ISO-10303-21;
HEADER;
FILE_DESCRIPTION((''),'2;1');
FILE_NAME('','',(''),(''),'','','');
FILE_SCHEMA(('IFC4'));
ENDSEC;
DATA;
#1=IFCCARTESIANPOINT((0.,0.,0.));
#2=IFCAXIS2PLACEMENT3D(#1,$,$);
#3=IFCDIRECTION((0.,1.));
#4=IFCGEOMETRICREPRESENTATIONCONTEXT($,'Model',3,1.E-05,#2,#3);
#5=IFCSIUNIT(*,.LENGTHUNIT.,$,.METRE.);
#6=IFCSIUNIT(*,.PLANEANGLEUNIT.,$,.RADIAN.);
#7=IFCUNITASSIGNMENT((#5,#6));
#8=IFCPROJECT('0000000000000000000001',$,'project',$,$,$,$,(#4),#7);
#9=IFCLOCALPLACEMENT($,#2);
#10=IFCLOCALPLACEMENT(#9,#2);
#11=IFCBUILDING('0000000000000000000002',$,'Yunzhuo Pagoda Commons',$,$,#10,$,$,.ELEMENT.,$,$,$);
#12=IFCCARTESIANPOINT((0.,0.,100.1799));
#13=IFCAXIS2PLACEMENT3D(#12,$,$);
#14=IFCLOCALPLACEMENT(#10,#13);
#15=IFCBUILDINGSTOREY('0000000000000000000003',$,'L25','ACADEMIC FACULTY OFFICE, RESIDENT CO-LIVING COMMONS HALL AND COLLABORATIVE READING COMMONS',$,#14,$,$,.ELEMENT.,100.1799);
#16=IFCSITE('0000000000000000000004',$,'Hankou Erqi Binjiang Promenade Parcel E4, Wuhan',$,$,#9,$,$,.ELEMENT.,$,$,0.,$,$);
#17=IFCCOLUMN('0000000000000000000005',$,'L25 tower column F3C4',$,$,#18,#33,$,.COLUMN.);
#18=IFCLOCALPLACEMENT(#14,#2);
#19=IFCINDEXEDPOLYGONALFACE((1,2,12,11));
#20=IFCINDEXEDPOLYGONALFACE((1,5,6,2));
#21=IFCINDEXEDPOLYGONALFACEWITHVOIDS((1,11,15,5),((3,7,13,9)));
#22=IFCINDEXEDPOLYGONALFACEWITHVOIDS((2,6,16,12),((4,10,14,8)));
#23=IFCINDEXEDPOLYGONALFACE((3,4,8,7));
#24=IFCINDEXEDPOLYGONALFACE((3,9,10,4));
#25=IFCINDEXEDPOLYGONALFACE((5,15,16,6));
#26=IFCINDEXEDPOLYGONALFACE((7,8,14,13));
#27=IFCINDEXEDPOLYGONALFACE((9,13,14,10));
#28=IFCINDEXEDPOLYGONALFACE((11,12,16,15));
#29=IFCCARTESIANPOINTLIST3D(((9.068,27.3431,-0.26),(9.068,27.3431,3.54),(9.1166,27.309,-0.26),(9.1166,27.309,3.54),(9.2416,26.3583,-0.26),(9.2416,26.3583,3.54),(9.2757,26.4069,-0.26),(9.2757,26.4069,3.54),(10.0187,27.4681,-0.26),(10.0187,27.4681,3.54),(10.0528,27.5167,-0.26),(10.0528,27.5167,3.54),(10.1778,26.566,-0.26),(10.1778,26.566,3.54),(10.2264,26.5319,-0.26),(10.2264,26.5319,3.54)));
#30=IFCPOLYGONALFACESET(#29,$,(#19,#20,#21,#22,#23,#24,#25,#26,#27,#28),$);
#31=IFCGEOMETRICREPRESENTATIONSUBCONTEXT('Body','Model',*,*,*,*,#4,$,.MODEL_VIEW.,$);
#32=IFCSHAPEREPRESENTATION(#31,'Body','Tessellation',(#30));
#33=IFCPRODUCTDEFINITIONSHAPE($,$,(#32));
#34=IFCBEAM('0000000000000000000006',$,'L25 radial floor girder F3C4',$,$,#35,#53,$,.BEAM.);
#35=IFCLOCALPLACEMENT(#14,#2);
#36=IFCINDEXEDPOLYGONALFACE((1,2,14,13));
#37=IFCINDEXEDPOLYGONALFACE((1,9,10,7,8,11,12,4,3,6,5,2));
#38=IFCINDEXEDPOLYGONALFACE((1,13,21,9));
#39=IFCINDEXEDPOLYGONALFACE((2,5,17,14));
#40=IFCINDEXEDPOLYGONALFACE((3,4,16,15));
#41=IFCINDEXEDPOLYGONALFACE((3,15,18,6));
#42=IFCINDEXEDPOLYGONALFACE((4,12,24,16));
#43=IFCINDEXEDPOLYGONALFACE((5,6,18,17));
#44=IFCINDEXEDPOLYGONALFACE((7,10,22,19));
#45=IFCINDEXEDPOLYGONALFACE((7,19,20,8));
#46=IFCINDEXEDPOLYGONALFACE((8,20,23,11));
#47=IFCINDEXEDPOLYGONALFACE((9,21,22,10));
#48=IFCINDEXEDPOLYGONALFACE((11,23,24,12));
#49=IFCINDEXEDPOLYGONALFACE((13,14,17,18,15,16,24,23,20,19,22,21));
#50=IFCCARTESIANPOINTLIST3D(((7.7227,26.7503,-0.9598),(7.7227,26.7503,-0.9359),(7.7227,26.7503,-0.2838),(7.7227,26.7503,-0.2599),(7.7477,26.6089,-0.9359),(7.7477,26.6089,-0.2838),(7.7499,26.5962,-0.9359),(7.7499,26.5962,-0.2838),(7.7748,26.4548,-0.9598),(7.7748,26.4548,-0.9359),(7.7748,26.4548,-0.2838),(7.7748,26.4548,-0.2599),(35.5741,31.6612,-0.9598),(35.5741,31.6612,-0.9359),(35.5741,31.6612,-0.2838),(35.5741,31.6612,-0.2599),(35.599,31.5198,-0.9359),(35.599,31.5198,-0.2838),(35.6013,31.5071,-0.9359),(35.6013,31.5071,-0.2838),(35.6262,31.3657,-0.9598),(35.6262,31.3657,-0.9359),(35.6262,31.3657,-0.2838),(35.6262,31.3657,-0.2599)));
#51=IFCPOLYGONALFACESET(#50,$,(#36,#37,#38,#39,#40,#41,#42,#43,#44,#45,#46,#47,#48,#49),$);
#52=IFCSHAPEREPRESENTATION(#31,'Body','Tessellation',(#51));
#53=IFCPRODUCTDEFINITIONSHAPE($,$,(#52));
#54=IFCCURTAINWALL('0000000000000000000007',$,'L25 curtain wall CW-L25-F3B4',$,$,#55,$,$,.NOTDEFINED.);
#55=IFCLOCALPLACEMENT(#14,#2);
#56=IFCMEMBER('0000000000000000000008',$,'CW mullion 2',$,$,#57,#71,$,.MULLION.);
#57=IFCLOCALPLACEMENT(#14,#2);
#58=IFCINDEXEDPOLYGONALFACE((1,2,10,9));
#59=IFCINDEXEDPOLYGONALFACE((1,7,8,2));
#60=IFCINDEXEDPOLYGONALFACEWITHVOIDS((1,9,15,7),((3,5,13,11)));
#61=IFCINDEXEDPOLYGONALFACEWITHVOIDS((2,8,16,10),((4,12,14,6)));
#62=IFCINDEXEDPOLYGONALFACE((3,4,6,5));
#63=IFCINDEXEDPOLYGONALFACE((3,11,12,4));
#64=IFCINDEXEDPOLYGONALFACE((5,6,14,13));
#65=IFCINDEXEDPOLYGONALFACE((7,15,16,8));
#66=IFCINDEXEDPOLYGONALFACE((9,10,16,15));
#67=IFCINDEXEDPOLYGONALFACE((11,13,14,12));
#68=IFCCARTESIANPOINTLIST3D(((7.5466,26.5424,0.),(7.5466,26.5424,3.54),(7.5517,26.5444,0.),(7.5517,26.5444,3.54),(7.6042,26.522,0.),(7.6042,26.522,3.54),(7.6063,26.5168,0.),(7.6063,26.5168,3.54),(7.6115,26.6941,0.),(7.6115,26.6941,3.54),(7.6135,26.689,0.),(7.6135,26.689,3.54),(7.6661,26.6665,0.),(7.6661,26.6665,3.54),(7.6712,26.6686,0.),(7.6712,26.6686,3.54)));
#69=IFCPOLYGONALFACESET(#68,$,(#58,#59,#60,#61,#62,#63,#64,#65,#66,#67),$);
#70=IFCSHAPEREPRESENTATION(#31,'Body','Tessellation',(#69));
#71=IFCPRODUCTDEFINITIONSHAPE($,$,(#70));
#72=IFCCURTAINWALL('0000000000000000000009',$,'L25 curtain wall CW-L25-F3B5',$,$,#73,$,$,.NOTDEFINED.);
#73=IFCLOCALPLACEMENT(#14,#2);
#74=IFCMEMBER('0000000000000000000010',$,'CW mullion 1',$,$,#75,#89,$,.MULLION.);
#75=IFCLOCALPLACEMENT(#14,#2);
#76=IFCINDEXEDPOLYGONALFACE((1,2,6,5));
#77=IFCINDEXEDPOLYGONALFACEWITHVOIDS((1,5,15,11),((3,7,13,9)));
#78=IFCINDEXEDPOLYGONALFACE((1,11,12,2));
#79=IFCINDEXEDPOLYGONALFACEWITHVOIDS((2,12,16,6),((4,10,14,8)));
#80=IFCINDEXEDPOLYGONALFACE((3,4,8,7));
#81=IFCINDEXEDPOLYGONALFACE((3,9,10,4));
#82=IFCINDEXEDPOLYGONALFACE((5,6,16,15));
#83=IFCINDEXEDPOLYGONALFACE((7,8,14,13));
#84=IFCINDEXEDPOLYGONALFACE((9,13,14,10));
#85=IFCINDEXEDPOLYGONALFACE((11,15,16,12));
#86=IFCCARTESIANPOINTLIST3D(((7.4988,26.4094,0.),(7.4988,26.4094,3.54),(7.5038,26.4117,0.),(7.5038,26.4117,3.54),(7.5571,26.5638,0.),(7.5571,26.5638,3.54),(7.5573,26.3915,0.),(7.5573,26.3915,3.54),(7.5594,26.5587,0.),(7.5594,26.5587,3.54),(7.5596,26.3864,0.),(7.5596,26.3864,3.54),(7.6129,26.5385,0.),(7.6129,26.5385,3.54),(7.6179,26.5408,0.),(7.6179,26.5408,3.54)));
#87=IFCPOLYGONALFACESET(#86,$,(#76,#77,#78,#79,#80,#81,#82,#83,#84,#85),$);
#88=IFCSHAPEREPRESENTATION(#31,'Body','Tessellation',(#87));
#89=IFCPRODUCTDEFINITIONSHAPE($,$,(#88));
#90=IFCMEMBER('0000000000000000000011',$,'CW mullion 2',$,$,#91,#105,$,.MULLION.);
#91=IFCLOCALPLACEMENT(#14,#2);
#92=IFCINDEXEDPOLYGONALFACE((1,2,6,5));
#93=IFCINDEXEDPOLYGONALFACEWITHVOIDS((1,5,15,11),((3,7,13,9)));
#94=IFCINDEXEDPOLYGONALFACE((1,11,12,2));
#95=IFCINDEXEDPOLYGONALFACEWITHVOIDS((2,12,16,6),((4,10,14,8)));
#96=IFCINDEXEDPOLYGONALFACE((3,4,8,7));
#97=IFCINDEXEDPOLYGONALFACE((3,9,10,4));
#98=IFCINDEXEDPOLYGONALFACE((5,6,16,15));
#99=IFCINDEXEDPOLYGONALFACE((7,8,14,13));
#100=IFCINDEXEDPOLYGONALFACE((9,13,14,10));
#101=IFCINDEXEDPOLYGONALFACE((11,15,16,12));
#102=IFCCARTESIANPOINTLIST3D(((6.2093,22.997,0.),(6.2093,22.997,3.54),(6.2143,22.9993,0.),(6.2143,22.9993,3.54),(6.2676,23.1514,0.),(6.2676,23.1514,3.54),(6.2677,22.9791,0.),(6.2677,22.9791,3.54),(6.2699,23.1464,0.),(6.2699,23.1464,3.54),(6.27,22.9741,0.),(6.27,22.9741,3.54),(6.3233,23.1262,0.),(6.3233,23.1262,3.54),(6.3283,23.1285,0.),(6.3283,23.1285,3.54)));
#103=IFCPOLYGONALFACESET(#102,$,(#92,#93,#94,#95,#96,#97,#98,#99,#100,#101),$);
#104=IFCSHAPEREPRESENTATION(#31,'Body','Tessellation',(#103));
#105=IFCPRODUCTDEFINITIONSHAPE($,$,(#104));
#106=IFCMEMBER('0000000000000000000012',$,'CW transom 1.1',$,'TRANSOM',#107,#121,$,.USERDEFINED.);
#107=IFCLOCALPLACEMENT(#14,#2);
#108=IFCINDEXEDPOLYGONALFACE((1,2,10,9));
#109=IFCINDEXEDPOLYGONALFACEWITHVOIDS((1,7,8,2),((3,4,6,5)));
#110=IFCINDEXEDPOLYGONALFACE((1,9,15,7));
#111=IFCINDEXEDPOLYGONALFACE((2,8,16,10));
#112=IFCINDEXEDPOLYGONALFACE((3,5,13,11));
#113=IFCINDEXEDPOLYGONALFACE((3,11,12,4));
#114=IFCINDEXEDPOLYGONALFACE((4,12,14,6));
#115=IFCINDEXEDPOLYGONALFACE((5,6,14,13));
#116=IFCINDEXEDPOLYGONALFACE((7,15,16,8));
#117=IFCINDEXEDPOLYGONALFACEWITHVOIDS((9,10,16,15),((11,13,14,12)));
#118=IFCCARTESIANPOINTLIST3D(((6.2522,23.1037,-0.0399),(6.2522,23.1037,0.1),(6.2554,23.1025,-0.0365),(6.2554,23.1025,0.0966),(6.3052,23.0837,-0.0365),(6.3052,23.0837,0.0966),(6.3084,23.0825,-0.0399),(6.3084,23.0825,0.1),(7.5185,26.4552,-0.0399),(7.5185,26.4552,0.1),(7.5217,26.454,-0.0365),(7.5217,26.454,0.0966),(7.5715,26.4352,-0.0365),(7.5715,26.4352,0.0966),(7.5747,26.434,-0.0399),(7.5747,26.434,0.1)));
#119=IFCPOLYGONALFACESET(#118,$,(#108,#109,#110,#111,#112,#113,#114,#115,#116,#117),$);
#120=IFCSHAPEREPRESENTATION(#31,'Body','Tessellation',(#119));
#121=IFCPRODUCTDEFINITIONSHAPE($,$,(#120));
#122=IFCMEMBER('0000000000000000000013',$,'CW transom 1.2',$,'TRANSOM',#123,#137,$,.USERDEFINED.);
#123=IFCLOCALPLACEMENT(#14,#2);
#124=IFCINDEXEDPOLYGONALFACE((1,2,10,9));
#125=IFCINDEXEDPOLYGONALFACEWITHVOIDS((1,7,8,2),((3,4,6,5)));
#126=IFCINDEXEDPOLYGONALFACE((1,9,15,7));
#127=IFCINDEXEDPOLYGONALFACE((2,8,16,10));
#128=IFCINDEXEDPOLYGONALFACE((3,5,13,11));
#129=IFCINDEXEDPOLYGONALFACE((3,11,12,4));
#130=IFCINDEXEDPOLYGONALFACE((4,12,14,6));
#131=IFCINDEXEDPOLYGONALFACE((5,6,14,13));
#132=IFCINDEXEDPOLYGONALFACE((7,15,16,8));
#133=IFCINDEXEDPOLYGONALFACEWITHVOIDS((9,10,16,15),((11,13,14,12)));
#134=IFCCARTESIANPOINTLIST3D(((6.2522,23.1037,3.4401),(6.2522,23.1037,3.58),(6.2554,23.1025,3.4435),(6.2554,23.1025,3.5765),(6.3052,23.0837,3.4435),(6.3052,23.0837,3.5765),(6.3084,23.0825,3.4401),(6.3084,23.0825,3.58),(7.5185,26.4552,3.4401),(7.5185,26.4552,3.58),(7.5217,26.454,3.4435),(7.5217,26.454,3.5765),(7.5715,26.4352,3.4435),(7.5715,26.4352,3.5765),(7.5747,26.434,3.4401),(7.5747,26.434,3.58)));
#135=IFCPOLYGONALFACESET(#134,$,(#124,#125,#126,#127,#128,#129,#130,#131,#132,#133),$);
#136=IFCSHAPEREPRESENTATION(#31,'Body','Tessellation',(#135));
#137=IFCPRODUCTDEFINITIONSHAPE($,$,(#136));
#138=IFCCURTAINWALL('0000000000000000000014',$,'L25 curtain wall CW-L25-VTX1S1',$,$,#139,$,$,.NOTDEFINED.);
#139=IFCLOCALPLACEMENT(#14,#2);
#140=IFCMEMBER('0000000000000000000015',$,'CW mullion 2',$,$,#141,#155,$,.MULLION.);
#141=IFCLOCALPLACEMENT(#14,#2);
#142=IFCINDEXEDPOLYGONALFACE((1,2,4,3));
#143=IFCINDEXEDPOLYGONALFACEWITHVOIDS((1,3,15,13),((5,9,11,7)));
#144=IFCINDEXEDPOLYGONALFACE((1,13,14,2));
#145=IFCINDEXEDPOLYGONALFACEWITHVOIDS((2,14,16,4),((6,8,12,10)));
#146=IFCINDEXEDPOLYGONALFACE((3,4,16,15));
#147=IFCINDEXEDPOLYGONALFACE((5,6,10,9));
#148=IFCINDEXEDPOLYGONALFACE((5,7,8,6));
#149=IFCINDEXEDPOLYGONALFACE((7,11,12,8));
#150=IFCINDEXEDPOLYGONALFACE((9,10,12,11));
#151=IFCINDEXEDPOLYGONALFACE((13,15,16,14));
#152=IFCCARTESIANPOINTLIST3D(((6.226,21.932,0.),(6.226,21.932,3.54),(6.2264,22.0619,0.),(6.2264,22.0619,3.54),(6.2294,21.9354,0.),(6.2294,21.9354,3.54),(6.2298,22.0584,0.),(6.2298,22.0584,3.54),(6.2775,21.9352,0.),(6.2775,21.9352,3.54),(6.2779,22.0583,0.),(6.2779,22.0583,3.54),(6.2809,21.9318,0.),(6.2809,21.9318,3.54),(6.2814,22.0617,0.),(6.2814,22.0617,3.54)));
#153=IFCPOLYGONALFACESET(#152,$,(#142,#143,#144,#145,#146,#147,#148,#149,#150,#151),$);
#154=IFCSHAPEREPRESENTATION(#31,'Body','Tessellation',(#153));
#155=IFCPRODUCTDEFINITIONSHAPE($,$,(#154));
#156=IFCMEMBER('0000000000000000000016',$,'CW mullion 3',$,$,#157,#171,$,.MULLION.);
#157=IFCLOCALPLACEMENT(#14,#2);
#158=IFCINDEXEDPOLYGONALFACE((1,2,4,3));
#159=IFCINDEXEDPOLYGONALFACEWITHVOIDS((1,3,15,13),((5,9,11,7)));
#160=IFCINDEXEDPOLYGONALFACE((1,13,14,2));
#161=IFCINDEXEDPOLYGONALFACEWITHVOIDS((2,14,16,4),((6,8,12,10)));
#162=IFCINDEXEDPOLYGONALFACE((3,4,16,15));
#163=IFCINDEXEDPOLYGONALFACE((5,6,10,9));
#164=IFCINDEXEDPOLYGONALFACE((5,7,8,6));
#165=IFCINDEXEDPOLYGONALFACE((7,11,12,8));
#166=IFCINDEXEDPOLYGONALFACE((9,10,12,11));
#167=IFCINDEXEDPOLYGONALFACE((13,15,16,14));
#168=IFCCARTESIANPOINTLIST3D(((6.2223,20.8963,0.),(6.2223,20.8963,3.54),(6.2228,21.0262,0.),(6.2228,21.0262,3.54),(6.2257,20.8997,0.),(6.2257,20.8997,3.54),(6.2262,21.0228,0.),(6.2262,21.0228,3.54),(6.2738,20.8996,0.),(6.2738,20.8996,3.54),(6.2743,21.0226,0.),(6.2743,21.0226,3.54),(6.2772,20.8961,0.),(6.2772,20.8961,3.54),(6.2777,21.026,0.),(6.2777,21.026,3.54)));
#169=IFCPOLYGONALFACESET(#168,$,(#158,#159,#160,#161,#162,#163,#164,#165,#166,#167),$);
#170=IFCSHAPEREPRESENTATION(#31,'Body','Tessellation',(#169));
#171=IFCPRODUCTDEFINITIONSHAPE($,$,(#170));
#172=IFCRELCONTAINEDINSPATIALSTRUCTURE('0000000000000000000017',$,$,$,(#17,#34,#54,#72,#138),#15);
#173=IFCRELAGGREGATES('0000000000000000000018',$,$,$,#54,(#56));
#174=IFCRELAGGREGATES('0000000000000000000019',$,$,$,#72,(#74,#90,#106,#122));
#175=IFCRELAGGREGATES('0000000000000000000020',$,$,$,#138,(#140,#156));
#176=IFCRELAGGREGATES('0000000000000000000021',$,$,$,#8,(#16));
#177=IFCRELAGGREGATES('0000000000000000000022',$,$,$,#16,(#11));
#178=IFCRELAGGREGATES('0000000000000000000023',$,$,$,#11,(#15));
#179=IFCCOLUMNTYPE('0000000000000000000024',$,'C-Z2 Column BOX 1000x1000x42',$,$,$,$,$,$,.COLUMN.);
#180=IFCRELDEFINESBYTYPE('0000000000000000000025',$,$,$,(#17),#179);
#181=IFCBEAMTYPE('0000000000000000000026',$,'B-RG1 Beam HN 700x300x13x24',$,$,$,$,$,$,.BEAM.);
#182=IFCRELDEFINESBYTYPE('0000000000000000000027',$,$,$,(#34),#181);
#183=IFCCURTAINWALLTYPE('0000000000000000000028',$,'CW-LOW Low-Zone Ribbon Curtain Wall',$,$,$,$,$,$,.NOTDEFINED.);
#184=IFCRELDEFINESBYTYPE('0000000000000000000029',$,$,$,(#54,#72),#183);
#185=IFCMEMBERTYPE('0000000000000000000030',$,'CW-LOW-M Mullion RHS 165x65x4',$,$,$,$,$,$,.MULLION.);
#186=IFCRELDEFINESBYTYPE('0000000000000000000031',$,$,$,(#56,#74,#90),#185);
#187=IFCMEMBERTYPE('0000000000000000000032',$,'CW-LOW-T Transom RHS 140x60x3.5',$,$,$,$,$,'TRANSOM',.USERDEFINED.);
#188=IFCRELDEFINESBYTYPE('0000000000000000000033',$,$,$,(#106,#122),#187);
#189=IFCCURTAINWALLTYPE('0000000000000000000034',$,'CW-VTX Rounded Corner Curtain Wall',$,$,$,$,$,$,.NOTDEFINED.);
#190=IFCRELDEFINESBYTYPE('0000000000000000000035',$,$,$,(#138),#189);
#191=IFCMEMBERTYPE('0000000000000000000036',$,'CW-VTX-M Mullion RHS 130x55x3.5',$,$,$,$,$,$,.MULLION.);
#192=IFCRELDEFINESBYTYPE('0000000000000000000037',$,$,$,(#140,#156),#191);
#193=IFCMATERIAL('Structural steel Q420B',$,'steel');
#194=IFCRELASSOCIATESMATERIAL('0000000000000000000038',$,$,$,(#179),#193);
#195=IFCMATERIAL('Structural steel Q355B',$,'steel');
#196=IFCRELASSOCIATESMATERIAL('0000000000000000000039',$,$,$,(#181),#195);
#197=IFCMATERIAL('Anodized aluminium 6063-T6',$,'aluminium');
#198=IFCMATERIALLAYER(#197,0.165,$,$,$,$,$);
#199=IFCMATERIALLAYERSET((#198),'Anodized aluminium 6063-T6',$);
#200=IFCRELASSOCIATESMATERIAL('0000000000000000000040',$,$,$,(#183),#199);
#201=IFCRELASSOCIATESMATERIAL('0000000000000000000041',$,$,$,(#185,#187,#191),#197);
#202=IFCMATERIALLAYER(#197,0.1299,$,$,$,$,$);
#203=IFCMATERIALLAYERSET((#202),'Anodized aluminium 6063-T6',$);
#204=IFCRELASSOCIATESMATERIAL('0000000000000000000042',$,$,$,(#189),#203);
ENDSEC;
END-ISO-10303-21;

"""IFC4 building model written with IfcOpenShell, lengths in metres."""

from ifc_helpers import new_model, si_unit, direction, frame, origin, origin_2d, place, context, subcontext, project, spatial, hollow_rectangle, i_section, extrude, source, transform, mapped, material, layer, layer_set, material_profile, profile_set, type_object, element, aggregate, save


model = new_model("IFC4")

# Units and contexts
model_context = context("Model", 3, precision=1e-05, world=origin(), true_north=direction((0.0, 1.0)))
body_context = subcontext(model_context, "Body", "Model", "MODEL_VIEW")
ifc_project = project(units=[si_unit("LENGTHUNIT", "METRE"), si_unit("PLANEANGLEUNIT", "RADIAN")], contexts=[model_context])

# Site, building, storey
site_placement = place(None, origin())
site = spatial("IfcSite", under=ifc_project, at=site_placement, Name="Hankou Erqi Binjiang Promenade Parcel E4, Wuhan", CompositionType="ELEMENT", RefElevation=0.0)
building_placement = place(site_placement, origin())
building = spatial("IfcBuilding", under=site, at=building_placement, Name="Yunzhuo Pagoda Commons", CompositionType="ELEMENT")
storey_placement = place(building_placement, frame((0.0, 0.0, 100.1799)))
storey = spatial("IfcBuildingStorey", under=building, at=storey_placement, Name="L25", Description="ACADEMIC FACULTY OFFICE, RESIDENT CO-LIVING COMMONS HALL AND COLLABORATIVE READING COMMONS", CompositionType="ELEMENT", Elevation=100.1799)

# Column
ifc_material_1 = material(Name="Structural steel Q420B", Category="steel")
ifc_material_profile_1 = material_profile(ifc_material_1, hollow_rectangle(XDim=1.0, YDim=1.0, WallThickness=0.042, at=origin_2d()), Name="Structural steel Q420B")
ifc_profile_set_1 = profile_set([ifc_material_profile_1], Name="Structural steel Q420B")
column_type = type_object("IfcColumnType", Name="C-Z2 Column BOX 1000x1000x42", PredefinedType="COLUMN", material=ifc_profile_set_1)
shared_shape_1 = source(origin(), body_context, "Body", "SweptSolid", [
    extrude(hollow_rectangle(XDim=1.0, YDim=1.0, WallThickness=0.042, at=origin_2d()), origin(), (0.0, 0.0, 1.0), 3.8),
])
column_placement = place(storey_placement, frame((9.6472, 26.9375, -0.26), z_axis=(0.0, 0.0, 1.0), x_axis=(0.173648, -0.984808, 0.0)))
element("IfcColumn", 1, at=column_placement, inside=storey, type_object=column_type, Name="L25 tower column F3C4", PredefinedType="COLUMN", context=body_context, shape_type="MappedRepresentation", body=[
    mapped(shared_shape_1, transform((0.0, 0.0, 0.0), scale=1.0)),
])

# Beam
ifc_material_2 = material(Name="Structural steel Q355B", Category="steel")
ifc_material_profile_2 = material_profile(ifc_material_2, i_section(OverallWidth=0.3, OverallDepth=0.7, WebThickness=0.0129, FlangeThickness=0.0239, at=origin_2d()), Name="Structural steel Q355B")
ifc_profile_set_2 = profile_set([ifc_material_profile_2], Name="Structural steel Q355B")
beam_type = type_object("IfcBeamType", Name="B-RG1 Beam HN 700x300x13x24", PredefinedType="BEAM", material=ifc_profile_set_2)
shared_shape_2 = source(origin(), body_context, "Body", "SweptSolid", [
    extrude(i_section(OverallWidth=0.3, OverallDepth=0.7, WebThickness=0.0129, FlangeThickness=0.0239, at=origin_2d()), origin(), (0.0, 0.0, 1.0), 28.281),
])
beam_placement = place(storey_placement, frame((7.7488, 26.6025, -0.6099), z_axis=(0.984808, 0.173646, 0.0), x_axis=(-0.173646, 0.984808, 0.0)))
element("IfcBeam", 2, at=beam_placement, inside=storey, type_object=beam_type, Name="L25 radial floor girder F3C4", PredefinedType="BEAM", context=body_context, shape_type="MappedRepresentation", body=[
    mapped(shared_shape_2, transform((0.0, 0.0, 0.0), scale=1.0)),
])

# Curtain wall, member
ifc_material_3 = material(Name="Anodized aluminium 6063-T6", Category="aluminium")
ifc_layer_1 = layer(ifc_material_3, 0.165)
ifc_layer_set_1 = layer_set([ifc_layer_1], Name="Anodized aluminium 6063-T6")
curtain_wall_type_1 = type_object("IfcCurtainWallType", Name="CW-LOW Low-Zone Ribbon Curtain Wall", PredefinedType="NOTDEFINED", material=ifc_layer_set_1)
curtain_wall_1_placement = place(storey_placement, origin())
curtain_wall_1 = element("IfcCurtainWall", 3, at=curtain_wall_1_placement, inside=storey, type_object=curtain_wall_type_1, Name="L25 curtain wall CW-L25-F3B4", PredefinedType="NOTDEFINED")
ifc_material_profile_3 = material_profile(ifc_material_3, hollow_rectangle(XDim=0.0649, YDim=0.165, WallThickness=0.0039, at=origin_2d()), Name="Anodized aluminium 6063-T6")
ifc_profile_set_3 = profile_set([ifc_material_profile_3], Name="Anodized aluminium 6063-T6")
member_type_1 = type_object("IfcMemberType", Name="CW-LOW-M Mullion RHS 165x65x4", PredefinedType="MULLION", material=ifc_profile_set_3)
shared_shape_3 = source(origin(), body_context, "Body", "SweptSolid", [
    extrude(hollow_rectangle(XDim=0.0649, YDim=0.165, WallThickness=0.0039, at=origin_2d()), origin(), (0.0, 0.0, 1.0), 3.54),
])
member_1_placement = place(storey_placement, frame((7.6089, 26.6055, 0.0), z_axis=(0.0, 0.0, 1.0), x_axis=(0.919383, -0.393364, 0.0)))
member_1 = element("IfcMember", 4, at=member_1_placement, type_object=member_type_1, Name="CW mullion 2", PredefinedType="MULLION", context=body_context, shape_type="MappedRepresentation", body=[
    mapped(shared_shape_3, transform((0.0, 0.0, 0.0), scale=1.0)),
])
aggregate(curtain_wall_1, [member_1])

# Curtain walls, members
curtain_wall_2_placement = place(storey_placement, origin())
curtain_wall_2 = element("IfcCurtainWall", 5, at=curtain_wall_2_placement, inside=storey, type_object=curtain_wall_type_1, Name="L25 curtain wall CW-L25-F3B5", PredefinedType="NOTDEFINED")
member_2_placement = place(storey_placement, frame((7.5583, 26.4751, 0.0), z_axis=(0.0, 0.0, 1.0), x_axis=(0.935454, -0.353448, 0.0)))
member_2 = element("IfcMember", 6, at=member_2_placement, type_object=member_type_1, Name="CW mullion 1", PredefinedType="MULLION", context=body_context, shape_type="MappedRepresentation", body=[
    mapped(shared_shape_3, transform((0.0, 0.0, 0.0), scale=1.0)),
])
member_3_placement = place(storey_placement, frame((6.2688, 23.0627, 0.0), z_axis=(0.0, 0.0, 1.0), x_axis=(0.935454, -0.353448, 0.0)))
member_3 = element("IfcMember", 7, at=member_3_placement, type_object=member_type_1, Name="CW mullion 2", PredefinedType="MULLION", context=body_context, shape_type="MappedRepresentation", body=[
    mapped(shared_shape_3, transform((0.0, 0.0, 0.0), scale=1.0)),
])
ifc_material_profile_4 = material_profile(ifc_material_3, hollow_rectangle(XDim=0.0601, YDim=0.1399, WallThickness=0.0034, at=origin_2d()), Name="Anodized aluminium 6063-T6")
ifc_profile_set_4 = profile_set([ifc_material_profile_4], Name="Anodized aluminium 6063-T6")
member_type_2 = type_object("IfcMemberType", Name="CW-LOW-T Transom RHS 140x60x3.5", ElementType="TRANSOM", PredefinedType="USERDEFINED", material=ifc_profile_set_4)
shared_shape_4 = source(origin(), body_context, "Body", "SweptSolid", [
    extrude(hollow_rectangle(XDim=0.0601, YDim=0.1399, WallThickness=0.0034, at=origin_2d()), origin(), (0.0, 0.0, 1.0), 3.5828),
])
member_4_placement = place(storey_placement, frame((7.5466, 26.4446, 0.03), z_axis=(-0.353452, -0.935453, 0.0), x_axis=(0.935453, -0.353452, 0.0)))
member_4 = element("IfcMember", 8, at=member_4_placement, type_object=member_type_2, Name="CW transom 1.1", ObjectType="TRANSOM", PredefinedType="USERDEFINED", context=body_context, shape_type="MappedRepresentation", body=[
    mapped(shared_shape_4, transform((0.0, 0.0, 0.0), scale=1.0)),
])
member_5_placement = place(storey_placement, frame((7.5466, 26.4446, 3.51), z_axis=(-0.353452, -0.935453, 0.0), x_axis=(0.935453, -0.353452, 0.0)))
member_5 = element("IfcMember", 9, at=member_5_placement, type_object=member_type_2, Name="CW transom 1.2", ObjectType="TRANSOM", PredefinedType="USERDEFINED", context=body_context, shape_type="MappedRepresentation", body=[
    mapped(shared_shape_4, transform((0.0, 0.0, 0.0), scale=1.0)),
])
ifc_layer_2 = layer(ifc_material_3, 0.1299)
ifc_layer_set_2 = layer_set([ifc_layer_2], Name="Anodized aluminium 6063-T6")
curtain_wall_type_2 = type_object("IfcCurtainWallType", Name="CW-VTX Rounded Corner Curtain Wall", PredefinedType="NOTDEFINED", material=ifc_layer_set_2)
curtain_wall_3_placement = place(storey_placement, origin())
curtain_wall_3 = element("IfcCurtainWall", 10, at=curtain_wall_3_placement, inside=storey, type_object=curtain_wall_type_2, Name="L25 curtain wall CW-L25-VTX1S1", PredefinedType="NOTDEFINED")
ifc_material_profile_5 = material_profile(ifc_material_3, hollow_rectangle(XDim=0.0549, YDim=0.1299, WallThickness=0.0034, at=origin_2d()), Name="Anodized aluminium 6063-T6")
ifc_profile_set_5 = profile_set([ifc_material_profile_5], Name="Anodized aluminium 6063-T6")
member_type_3 = type_object("IfcMemberType", Name="CW-VTX-M Mullion RHS 130x55x3.5", PredefinedType="MULLION", material=ifc_profile_set_5)
shared_shape_5 = source(origin(), body_context, "Body", "SweptSolid", [
    extrude(hollow_rectangle(XDim=0.0549, YDim=0.1299, WallThickness=0.0034, at=origin_2d()), origin(), (0.0, 0.0, 1.0), 3.54),
])
member_6_placement = place(storey_placement, frame((6.2537, 21.9968, 0.0), z_axis=(0.0, 0.0, 1.0), x_axis=(0.999994, -0.003573, 0.0)))
member_6 = element("IfcMember", 11, at=member_6_placement, type_object=member_type_3, Name="CW mullion 2", PredefinedType="MULLION", context=body_context, shape_type="MappedRepresentation", body=[
    mapped(shared_shape_5, transform((0.0, 0.0, 0.0), scale=1.0)),
])
member_7_placement = place(storey_placement, frame((6.25, 20.9612, 0.0), z_axis=(0.0, 0.0, 1.0), x_axis=(0.999994, -0.003573, 0.0)))
member_7 = element("IfcMember", 12, at=member_7_placement, type_object=member_type_3, Name="CW mullion 3", PredefinedType="MULLION", context=body_context, shape_type="MappedRepresentation", body=[
    mapped(shared_shape_5, transform((0.0, 0.0, 0.0), scale=1.0)),
])

aggregate(curtain_wall_2, [member_2, member_3, member_4, member_5])
aggregate(curtain_wall_3, [member_6, member_7])

save(model, "model.ifc")
